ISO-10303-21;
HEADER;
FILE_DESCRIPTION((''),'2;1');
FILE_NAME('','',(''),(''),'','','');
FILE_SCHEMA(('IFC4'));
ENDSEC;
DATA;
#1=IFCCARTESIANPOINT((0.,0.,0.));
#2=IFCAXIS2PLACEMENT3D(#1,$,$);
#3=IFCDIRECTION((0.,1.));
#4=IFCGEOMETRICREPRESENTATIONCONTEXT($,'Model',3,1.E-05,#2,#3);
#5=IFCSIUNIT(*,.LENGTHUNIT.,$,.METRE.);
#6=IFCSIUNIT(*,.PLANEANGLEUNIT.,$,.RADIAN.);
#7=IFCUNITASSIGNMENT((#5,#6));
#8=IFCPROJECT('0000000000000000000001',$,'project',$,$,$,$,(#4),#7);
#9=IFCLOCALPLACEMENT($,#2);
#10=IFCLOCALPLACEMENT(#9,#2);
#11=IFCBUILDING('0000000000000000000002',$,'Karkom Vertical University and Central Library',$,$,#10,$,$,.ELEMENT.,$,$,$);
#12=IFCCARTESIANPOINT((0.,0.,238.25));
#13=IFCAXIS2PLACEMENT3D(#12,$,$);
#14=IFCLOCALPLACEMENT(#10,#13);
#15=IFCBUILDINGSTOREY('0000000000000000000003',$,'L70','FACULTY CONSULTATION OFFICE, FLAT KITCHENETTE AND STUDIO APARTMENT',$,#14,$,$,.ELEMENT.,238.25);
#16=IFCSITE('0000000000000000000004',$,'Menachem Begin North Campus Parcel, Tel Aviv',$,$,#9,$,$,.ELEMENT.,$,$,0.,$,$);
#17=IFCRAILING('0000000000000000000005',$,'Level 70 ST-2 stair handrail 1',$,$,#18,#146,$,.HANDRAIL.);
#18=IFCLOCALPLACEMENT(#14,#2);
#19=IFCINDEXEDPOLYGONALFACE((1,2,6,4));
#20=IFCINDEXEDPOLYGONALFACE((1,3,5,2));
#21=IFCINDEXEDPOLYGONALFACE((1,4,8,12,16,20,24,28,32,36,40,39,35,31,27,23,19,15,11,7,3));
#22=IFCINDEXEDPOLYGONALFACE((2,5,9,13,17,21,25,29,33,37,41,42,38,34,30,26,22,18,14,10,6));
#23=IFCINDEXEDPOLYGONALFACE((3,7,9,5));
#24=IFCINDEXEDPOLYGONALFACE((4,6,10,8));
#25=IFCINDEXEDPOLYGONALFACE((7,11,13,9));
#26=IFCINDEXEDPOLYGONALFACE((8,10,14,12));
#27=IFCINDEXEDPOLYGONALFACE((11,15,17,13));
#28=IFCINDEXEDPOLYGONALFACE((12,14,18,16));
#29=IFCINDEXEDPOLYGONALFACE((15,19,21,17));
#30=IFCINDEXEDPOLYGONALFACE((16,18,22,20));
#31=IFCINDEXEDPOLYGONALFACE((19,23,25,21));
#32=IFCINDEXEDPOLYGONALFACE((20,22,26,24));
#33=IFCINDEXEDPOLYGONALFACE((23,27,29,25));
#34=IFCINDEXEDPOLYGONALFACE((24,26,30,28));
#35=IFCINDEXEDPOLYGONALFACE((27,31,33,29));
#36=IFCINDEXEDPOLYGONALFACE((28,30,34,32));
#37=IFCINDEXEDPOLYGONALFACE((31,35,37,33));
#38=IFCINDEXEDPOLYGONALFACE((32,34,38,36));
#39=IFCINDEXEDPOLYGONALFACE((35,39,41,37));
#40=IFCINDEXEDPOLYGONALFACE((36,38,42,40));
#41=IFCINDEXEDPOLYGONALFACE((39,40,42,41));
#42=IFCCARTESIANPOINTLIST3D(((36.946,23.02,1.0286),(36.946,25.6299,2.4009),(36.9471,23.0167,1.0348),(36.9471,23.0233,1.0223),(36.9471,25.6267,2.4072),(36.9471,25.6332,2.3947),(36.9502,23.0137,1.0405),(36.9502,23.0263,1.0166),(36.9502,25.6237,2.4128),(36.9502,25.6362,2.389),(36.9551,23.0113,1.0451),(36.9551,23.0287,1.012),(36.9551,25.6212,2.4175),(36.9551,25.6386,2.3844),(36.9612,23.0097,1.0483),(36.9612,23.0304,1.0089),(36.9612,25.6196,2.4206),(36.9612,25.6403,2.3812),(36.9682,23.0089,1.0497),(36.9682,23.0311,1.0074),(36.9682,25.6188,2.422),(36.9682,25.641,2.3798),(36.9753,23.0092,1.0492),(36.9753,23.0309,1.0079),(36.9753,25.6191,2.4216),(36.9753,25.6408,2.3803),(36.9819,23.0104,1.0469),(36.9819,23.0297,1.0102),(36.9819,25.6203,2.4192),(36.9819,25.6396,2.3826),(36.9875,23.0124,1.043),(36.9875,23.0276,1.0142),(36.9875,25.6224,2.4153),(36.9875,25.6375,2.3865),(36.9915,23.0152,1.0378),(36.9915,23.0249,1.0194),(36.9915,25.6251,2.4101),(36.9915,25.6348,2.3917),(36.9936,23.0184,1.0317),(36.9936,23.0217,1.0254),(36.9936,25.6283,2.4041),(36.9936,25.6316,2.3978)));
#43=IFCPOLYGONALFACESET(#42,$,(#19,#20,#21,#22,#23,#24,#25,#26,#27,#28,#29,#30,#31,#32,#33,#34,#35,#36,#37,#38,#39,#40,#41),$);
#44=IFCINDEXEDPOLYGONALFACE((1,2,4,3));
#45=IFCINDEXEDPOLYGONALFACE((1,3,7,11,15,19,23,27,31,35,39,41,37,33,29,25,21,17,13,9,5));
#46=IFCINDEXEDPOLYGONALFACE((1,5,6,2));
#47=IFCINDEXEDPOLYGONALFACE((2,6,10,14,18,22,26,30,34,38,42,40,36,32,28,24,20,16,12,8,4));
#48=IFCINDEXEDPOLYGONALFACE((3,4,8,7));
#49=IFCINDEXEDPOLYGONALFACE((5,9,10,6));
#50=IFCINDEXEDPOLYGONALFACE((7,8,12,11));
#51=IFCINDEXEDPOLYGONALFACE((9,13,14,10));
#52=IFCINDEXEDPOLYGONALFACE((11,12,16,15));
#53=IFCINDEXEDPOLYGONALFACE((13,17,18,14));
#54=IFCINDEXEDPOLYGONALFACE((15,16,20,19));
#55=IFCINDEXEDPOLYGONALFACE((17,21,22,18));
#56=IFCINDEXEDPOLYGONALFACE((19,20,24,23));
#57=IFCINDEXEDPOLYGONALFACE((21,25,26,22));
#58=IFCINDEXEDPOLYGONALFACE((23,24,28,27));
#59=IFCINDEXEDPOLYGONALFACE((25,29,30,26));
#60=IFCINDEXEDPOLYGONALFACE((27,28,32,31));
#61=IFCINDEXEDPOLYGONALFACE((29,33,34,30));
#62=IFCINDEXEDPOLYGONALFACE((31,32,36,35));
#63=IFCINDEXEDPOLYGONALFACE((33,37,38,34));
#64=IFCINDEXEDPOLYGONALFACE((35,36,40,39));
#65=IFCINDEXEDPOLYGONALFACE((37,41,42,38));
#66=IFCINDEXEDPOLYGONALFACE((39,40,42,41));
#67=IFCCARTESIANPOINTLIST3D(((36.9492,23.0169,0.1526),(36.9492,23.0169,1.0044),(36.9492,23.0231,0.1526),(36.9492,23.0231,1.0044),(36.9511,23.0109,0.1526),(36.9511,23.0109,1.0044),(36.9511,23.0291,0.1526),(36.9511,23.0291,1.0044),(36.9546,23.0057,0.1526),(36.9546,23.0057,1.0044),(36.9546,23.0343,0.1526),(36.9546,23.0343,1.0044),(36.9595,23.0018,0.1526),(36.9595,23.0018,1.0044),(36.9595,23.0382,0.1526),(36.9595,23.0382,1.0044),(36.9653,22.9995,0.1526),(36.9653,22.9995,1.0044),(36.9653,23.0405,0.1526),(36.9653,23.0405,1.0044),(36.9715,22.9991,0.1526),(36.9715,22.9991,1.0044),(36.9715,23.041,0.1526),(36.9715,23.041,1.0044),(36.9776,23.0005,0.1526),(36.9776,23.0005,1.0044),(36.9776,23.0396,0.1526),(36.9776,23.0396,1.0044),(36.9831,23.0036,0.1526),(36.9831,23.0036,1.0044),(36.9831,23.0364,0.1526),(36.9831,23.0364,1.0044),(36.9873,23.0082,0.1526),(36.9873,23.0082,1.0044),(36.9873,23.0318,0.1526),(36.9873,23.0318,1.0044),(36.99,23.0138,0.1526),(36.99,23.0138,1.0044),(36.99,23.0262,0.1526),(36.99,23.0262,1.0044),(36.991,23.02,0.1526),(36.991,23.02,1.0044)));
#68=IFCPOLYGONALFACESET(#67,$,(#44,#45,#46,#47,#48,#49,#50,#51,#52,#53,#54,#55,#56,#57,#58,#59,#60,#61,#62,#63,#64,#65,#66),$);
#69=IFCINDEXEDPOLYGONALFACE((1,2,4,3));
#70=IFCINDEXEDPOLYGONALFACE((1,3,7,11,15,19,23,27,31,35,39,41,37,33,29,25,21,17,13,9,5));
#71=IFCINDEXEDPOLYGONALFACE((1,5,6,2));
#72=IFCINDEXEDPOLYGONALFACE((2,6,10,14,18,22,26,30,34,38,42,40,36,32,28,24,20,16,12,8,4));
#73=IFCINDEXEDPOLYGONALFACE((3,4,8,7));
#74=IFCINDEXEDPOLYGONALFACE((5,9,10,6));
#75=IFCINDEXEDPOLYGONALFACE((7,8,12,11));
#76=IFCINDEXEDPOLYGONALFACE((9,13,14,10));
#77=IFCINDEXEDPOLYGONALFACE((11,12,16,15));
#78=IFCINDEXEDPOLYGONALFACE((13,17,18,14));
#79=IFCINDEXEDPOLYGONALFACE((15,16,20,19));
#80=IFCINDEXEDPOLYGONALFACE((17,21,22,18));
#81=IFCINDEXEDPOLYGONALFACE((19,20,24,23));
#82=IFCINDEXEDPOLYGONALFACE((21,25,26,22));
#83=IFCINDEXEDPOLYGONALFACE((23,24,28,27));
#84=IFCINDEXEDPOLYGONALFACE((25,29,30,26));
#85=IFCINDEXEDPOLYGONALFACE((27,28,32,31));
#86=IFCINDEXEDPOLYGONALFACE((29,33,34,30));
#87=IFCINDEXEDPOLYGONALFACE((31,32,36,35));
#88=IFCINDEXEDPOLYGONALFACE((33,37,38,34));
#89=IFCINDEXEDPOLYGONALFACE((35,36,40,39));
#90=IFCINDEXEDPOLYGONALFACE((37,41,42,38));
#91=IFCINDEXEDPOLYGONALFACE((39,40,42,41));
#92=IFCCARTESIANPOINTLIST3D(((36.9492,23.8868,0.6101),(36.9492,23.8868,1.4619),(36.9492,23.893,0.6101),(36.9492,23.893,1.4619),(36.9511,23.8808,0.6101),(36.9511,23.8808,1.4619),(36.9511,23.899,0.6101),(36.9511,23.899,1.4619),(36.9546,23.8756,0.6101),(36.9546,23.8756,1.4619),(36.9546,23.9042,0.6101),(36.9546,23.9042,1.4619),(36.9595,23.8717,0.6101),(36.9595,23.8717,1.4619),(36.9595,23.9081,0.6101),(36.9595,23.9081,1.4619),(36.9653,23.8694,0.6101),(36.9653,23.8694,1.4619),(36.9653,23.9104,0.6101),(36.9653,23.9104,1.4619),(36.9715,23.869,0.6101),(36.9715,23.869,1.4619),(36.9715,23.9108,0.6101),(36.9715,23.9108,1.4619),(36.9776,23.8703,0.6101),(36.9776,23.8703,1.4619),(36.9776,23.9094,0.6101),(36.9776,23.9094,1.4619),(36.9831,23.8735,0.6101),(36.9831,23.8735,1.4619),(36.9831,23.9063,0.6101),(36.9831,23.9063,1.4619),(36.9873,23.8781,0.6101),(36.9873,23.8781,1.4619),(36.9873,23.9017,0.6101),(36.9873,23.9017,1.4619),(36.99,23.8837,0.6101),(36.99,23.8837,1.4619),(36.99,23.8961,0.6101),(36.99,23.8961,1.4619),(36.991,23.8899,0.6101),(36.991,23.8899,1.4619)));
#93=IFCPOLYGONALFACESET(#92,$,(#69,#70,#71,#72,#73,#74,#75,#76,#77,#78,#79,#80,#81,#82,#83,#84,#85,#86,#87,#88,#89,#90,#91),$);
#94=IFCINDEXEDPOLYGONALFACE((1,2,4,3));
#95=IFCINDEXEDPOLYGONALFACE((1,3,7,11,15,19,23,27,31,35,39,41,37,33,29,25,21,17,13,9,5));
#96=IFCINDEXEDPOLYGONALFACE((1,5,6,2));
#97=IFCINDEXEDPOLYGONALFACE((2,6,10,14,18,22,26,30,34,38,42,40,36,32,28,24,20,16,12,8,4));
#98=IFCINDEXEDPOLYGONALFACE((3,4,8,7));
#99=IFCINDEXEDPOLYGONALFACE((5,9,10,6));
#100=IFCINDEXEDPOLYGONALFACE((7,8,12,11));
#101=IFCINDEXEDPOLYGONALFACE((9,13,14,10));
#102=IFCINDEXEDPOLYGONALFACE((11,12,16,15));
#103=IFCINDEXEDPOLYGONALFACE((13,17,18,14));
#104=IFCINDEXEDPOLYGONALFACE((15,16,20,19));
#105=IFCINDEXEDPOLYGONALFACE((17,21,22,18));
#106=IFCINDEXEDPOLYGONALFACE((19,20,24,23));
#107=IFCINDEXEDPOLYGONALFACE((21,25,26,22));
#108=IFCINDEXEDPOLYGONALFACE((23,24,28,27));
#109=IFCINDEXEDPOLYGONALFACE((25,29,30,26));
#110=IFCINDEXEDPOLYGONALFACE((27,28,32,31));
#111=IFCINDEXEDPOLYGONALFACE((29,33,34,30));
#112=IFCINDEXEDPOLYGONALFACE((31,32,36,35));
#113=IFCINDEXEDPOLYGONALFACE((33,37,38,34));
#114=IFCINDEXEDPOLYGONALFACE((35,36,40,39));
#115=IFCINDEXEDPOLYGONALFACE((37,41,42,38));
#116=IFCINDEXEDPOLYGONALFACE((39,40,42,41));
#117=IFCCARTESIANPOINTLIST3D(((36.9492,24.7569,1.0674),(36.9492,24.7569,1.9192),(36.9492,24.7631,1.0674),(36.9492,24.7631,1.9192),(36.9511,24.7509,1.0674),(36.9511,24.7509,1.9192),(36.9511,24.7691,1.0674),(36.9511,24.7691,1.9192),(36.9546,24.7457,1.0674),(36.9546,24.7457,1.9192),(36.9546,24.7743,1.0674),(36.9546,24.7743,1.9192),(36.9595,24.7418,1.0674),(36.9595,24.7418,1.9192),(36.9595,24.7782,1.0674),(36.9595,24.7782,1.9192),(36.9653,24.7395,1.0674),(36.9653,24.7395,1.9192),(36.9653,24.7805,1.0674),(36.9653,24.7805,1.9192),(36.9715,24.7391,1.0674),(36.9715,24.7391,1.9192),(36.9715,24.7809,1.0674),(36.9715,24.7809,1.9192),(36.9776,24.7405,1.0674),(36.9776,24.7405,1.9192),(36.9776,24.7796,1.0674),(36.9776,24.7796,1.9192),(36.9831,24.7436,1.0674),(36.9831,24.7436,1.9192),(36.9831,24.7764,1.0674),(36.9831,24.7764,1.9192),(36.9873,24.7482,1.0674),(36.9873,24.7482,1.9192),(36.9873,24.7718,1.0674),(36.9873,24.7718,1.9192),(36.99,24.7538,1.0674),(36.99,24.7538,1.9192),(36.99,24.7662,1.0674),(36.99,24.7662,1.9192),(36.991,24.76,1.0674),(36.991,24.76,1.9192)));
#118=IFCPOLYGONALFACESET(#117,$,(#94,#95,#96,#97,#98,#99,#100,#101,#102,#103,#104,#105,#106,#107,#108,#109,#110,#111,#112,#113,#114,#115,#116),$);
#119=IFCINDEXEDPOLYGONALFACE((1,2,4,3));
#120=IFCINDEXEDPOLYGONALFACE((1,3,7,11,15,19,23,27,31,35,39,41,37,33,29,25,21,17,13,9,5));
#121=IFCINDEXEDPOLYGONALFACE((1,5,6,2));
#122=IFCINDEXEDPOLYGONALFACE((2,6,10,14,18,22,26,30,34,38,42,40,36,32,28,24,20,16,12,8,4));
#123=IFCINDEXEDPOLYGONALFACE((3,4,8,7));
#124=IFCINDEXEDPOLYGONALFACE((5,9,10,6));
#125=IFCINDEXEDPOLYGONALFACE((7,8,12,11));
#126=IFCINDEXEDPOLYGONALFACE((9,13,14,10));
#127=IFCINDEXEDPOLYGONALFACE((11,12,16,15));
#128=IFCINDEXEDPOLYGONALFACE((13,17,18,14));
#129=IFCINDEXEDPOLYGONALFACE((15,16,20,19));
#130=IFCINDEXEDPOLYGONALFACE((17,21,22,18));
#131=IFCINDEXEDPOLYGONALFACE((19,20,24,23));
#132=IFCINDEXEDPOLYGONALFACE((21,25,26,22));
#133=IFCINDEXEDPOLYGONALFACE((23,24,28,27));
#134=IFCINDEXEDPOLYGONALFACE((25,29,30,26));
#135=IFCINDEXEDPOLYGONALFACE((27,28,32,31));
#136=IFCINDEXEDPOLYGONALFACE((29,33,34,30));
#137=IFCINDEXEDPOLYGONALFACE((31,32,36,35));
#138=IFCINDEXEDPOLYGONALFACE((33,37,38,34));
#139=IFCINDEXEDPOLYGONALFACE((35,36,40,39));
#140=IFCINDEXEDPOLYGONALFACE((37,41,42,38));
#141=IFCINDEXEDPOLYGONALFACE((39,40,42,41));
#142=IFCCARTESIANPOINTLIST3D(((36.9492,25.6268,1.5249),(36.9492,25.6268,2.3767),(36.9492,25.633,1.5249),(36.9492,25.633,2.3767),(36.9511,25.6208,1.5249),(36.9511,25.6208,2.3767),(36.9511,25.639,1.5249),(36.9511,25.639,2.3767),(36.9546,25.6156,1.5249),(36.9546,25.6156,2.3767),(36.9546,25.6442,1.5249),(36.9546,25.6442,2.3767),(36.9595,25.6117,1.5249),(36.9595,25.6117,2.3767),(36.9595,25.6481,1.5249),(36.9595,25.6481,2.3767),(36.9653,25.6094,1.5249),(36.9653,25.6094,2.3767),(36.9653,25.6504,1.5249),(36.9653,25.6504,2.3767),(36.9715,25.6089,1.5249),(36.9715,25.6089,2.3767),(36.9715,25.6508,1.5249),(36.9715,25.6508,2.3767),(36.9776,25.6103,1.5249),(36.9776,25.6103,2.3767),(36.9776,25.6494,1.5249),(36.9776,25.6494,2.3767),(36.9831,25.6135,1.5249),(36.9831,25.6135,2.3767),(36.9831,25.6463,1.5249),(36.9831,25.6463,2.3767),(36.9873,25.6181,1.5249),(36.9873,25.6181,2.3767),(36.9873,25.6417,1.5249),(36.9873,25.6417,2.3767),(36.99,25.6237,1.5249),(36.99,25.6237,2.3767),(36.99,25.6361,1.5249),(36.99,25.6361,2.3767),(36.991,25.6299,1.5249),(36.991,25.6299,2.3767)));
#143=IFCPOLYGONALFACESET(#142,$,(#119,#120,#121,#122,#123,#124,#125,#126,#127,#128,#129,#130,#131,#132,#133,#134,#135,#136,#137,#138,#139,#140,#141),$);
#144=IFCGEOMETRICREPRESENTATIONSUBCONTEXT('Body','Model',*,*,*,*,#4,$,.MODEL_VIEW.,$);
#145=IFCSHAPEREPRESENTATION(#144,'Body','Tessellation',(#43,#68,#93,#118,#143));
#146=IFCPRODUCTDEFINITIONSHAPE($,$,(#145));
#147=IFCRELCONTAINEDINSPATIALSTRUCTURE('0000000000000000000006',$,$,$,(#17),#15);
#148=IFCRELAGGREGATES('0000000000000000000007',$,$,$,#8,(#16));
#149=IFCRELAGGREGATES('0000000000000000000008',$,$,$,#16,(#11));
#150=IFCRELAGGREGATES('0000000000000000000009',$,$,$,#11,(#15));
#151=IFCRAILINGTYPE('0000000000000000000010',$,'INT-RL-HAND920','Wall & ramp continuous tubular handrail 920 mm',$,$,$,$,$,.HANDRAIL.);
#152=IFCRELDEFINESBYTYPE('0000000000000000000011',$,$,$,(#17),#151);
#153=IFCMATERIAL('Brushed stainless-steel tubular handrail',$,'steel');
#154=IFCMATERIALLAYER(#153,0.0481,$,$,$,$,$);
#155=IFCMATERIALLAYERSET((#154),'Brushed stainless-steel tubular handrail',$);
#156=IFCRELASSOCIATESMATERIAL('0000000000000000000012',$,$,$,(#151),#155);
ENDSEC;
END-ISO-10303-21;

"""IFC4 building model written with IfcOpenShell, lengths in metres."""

from ifc_helpers import new_model, si_unit, direction, frame, origin, origin_2d, place, context, subcontext, project, spatial, circle, extrude, material, layer, layer_set, type_object, element, save


model = new_model("IFC4")

# Units and contexts
model_context = context("Model", 3, precision=1e-05, world=origin(), true_north=direction((0.0, 1.0)))
body_context = subcontext(model_context, "Body", "Model", "MODEL_VIEW")
ifc_project = project(units=[si_unit("LENGTHUNIT", "METRE"), si_unit("PLANEANGLEUNIT", "RADIAN")], contexts=[model_context])

# Site, building, storey
site_placement = place(None, origin())
site = spatial("IfcSite", under=ifc_project, at=site_placement, Name="Menachem Begin North Campus Parcel, Tel Aviv", CompositionType="ELEMENT", RefElevation=0.0)
building_placement = place(site_placement, origin())
building = spatial("IfcBuilding", under=site, at=building_placement, Name="Karkom Vertical University and Central Library", CompositionType="ELEMENT")
storey_placement = place(building_placement, frame((0.0, 0.0, 238.25)))
storey = spatial("IfcBuildingStorey", under=building, at=storey_placement, Name="L70", Description="FACULTY CONSULTATION OFFICE, FLAT KITCHENETTE AND STUDIO APARTMENT", CompositionType="ELEMENT", Elevation=238.25)

# Railing
ifc_material_1 = material(Name="Brushed stainless-steel tubular handrail", Category="steel")
ifc_layer_1 = layer(ifc_material_1, 0.0481)
ifc_layer_set_1 = layer_set([ifc_layer_1], Name="Brushed stainless-steel tubular handrail")
railing_type_1 = type_object("IfcRailingType", Name="INT-RL-HAND920", Description="Wall & ramp continuous tubular handrail 920 mm", PredefinedType="HANDRAIL", material=ifc_layer_set_1)
railing_1_placement = place(storey_placement, frame((36.97, 23.02, 0.1526)))
element("IfcRailing", 1, at=railing_1_placement, inside=storey, type_object=railing_type_1, Name="Level 70 ST-2 stair handrail 1", PredefinedType="HANDRAIL", context=body_context, shape_type="SweptSolid", body=[
    extrude(circle(Radius=0.0239, at=origin_2d()), frame((0.0, 0.0, 0.876), z_axis=(0.0, 0.8851, 0.465402), x_axis=(-1.0, 0.0, 0.0)), (0.0, 0.0, 1.0), 2.9487),
    extrude(circle(Radius=0.021, at=origin_2d()), origin(), (0.0, 0.0, 1.0), 0.8518),
    extrude(circle(Radius=0.021, at=origin_2d()), frame((0.0, 0.8699, 0.4575)), (0.0, 0.0, 1.0), 0.8518),
    extrude(circle(Radius=0.021, at=origin_2d()), frame((0.0, 1.74, 0.9148)), (0.0, 0.0, 1.0), 0.8518),
    extrude(circle(Radius=0.021, at=origin_2d()), frame((0.0, 2.6099, 1.3723)), (0.0, 0.0, 1.0), 0.8518),
])

save(model, "model.ifc")
